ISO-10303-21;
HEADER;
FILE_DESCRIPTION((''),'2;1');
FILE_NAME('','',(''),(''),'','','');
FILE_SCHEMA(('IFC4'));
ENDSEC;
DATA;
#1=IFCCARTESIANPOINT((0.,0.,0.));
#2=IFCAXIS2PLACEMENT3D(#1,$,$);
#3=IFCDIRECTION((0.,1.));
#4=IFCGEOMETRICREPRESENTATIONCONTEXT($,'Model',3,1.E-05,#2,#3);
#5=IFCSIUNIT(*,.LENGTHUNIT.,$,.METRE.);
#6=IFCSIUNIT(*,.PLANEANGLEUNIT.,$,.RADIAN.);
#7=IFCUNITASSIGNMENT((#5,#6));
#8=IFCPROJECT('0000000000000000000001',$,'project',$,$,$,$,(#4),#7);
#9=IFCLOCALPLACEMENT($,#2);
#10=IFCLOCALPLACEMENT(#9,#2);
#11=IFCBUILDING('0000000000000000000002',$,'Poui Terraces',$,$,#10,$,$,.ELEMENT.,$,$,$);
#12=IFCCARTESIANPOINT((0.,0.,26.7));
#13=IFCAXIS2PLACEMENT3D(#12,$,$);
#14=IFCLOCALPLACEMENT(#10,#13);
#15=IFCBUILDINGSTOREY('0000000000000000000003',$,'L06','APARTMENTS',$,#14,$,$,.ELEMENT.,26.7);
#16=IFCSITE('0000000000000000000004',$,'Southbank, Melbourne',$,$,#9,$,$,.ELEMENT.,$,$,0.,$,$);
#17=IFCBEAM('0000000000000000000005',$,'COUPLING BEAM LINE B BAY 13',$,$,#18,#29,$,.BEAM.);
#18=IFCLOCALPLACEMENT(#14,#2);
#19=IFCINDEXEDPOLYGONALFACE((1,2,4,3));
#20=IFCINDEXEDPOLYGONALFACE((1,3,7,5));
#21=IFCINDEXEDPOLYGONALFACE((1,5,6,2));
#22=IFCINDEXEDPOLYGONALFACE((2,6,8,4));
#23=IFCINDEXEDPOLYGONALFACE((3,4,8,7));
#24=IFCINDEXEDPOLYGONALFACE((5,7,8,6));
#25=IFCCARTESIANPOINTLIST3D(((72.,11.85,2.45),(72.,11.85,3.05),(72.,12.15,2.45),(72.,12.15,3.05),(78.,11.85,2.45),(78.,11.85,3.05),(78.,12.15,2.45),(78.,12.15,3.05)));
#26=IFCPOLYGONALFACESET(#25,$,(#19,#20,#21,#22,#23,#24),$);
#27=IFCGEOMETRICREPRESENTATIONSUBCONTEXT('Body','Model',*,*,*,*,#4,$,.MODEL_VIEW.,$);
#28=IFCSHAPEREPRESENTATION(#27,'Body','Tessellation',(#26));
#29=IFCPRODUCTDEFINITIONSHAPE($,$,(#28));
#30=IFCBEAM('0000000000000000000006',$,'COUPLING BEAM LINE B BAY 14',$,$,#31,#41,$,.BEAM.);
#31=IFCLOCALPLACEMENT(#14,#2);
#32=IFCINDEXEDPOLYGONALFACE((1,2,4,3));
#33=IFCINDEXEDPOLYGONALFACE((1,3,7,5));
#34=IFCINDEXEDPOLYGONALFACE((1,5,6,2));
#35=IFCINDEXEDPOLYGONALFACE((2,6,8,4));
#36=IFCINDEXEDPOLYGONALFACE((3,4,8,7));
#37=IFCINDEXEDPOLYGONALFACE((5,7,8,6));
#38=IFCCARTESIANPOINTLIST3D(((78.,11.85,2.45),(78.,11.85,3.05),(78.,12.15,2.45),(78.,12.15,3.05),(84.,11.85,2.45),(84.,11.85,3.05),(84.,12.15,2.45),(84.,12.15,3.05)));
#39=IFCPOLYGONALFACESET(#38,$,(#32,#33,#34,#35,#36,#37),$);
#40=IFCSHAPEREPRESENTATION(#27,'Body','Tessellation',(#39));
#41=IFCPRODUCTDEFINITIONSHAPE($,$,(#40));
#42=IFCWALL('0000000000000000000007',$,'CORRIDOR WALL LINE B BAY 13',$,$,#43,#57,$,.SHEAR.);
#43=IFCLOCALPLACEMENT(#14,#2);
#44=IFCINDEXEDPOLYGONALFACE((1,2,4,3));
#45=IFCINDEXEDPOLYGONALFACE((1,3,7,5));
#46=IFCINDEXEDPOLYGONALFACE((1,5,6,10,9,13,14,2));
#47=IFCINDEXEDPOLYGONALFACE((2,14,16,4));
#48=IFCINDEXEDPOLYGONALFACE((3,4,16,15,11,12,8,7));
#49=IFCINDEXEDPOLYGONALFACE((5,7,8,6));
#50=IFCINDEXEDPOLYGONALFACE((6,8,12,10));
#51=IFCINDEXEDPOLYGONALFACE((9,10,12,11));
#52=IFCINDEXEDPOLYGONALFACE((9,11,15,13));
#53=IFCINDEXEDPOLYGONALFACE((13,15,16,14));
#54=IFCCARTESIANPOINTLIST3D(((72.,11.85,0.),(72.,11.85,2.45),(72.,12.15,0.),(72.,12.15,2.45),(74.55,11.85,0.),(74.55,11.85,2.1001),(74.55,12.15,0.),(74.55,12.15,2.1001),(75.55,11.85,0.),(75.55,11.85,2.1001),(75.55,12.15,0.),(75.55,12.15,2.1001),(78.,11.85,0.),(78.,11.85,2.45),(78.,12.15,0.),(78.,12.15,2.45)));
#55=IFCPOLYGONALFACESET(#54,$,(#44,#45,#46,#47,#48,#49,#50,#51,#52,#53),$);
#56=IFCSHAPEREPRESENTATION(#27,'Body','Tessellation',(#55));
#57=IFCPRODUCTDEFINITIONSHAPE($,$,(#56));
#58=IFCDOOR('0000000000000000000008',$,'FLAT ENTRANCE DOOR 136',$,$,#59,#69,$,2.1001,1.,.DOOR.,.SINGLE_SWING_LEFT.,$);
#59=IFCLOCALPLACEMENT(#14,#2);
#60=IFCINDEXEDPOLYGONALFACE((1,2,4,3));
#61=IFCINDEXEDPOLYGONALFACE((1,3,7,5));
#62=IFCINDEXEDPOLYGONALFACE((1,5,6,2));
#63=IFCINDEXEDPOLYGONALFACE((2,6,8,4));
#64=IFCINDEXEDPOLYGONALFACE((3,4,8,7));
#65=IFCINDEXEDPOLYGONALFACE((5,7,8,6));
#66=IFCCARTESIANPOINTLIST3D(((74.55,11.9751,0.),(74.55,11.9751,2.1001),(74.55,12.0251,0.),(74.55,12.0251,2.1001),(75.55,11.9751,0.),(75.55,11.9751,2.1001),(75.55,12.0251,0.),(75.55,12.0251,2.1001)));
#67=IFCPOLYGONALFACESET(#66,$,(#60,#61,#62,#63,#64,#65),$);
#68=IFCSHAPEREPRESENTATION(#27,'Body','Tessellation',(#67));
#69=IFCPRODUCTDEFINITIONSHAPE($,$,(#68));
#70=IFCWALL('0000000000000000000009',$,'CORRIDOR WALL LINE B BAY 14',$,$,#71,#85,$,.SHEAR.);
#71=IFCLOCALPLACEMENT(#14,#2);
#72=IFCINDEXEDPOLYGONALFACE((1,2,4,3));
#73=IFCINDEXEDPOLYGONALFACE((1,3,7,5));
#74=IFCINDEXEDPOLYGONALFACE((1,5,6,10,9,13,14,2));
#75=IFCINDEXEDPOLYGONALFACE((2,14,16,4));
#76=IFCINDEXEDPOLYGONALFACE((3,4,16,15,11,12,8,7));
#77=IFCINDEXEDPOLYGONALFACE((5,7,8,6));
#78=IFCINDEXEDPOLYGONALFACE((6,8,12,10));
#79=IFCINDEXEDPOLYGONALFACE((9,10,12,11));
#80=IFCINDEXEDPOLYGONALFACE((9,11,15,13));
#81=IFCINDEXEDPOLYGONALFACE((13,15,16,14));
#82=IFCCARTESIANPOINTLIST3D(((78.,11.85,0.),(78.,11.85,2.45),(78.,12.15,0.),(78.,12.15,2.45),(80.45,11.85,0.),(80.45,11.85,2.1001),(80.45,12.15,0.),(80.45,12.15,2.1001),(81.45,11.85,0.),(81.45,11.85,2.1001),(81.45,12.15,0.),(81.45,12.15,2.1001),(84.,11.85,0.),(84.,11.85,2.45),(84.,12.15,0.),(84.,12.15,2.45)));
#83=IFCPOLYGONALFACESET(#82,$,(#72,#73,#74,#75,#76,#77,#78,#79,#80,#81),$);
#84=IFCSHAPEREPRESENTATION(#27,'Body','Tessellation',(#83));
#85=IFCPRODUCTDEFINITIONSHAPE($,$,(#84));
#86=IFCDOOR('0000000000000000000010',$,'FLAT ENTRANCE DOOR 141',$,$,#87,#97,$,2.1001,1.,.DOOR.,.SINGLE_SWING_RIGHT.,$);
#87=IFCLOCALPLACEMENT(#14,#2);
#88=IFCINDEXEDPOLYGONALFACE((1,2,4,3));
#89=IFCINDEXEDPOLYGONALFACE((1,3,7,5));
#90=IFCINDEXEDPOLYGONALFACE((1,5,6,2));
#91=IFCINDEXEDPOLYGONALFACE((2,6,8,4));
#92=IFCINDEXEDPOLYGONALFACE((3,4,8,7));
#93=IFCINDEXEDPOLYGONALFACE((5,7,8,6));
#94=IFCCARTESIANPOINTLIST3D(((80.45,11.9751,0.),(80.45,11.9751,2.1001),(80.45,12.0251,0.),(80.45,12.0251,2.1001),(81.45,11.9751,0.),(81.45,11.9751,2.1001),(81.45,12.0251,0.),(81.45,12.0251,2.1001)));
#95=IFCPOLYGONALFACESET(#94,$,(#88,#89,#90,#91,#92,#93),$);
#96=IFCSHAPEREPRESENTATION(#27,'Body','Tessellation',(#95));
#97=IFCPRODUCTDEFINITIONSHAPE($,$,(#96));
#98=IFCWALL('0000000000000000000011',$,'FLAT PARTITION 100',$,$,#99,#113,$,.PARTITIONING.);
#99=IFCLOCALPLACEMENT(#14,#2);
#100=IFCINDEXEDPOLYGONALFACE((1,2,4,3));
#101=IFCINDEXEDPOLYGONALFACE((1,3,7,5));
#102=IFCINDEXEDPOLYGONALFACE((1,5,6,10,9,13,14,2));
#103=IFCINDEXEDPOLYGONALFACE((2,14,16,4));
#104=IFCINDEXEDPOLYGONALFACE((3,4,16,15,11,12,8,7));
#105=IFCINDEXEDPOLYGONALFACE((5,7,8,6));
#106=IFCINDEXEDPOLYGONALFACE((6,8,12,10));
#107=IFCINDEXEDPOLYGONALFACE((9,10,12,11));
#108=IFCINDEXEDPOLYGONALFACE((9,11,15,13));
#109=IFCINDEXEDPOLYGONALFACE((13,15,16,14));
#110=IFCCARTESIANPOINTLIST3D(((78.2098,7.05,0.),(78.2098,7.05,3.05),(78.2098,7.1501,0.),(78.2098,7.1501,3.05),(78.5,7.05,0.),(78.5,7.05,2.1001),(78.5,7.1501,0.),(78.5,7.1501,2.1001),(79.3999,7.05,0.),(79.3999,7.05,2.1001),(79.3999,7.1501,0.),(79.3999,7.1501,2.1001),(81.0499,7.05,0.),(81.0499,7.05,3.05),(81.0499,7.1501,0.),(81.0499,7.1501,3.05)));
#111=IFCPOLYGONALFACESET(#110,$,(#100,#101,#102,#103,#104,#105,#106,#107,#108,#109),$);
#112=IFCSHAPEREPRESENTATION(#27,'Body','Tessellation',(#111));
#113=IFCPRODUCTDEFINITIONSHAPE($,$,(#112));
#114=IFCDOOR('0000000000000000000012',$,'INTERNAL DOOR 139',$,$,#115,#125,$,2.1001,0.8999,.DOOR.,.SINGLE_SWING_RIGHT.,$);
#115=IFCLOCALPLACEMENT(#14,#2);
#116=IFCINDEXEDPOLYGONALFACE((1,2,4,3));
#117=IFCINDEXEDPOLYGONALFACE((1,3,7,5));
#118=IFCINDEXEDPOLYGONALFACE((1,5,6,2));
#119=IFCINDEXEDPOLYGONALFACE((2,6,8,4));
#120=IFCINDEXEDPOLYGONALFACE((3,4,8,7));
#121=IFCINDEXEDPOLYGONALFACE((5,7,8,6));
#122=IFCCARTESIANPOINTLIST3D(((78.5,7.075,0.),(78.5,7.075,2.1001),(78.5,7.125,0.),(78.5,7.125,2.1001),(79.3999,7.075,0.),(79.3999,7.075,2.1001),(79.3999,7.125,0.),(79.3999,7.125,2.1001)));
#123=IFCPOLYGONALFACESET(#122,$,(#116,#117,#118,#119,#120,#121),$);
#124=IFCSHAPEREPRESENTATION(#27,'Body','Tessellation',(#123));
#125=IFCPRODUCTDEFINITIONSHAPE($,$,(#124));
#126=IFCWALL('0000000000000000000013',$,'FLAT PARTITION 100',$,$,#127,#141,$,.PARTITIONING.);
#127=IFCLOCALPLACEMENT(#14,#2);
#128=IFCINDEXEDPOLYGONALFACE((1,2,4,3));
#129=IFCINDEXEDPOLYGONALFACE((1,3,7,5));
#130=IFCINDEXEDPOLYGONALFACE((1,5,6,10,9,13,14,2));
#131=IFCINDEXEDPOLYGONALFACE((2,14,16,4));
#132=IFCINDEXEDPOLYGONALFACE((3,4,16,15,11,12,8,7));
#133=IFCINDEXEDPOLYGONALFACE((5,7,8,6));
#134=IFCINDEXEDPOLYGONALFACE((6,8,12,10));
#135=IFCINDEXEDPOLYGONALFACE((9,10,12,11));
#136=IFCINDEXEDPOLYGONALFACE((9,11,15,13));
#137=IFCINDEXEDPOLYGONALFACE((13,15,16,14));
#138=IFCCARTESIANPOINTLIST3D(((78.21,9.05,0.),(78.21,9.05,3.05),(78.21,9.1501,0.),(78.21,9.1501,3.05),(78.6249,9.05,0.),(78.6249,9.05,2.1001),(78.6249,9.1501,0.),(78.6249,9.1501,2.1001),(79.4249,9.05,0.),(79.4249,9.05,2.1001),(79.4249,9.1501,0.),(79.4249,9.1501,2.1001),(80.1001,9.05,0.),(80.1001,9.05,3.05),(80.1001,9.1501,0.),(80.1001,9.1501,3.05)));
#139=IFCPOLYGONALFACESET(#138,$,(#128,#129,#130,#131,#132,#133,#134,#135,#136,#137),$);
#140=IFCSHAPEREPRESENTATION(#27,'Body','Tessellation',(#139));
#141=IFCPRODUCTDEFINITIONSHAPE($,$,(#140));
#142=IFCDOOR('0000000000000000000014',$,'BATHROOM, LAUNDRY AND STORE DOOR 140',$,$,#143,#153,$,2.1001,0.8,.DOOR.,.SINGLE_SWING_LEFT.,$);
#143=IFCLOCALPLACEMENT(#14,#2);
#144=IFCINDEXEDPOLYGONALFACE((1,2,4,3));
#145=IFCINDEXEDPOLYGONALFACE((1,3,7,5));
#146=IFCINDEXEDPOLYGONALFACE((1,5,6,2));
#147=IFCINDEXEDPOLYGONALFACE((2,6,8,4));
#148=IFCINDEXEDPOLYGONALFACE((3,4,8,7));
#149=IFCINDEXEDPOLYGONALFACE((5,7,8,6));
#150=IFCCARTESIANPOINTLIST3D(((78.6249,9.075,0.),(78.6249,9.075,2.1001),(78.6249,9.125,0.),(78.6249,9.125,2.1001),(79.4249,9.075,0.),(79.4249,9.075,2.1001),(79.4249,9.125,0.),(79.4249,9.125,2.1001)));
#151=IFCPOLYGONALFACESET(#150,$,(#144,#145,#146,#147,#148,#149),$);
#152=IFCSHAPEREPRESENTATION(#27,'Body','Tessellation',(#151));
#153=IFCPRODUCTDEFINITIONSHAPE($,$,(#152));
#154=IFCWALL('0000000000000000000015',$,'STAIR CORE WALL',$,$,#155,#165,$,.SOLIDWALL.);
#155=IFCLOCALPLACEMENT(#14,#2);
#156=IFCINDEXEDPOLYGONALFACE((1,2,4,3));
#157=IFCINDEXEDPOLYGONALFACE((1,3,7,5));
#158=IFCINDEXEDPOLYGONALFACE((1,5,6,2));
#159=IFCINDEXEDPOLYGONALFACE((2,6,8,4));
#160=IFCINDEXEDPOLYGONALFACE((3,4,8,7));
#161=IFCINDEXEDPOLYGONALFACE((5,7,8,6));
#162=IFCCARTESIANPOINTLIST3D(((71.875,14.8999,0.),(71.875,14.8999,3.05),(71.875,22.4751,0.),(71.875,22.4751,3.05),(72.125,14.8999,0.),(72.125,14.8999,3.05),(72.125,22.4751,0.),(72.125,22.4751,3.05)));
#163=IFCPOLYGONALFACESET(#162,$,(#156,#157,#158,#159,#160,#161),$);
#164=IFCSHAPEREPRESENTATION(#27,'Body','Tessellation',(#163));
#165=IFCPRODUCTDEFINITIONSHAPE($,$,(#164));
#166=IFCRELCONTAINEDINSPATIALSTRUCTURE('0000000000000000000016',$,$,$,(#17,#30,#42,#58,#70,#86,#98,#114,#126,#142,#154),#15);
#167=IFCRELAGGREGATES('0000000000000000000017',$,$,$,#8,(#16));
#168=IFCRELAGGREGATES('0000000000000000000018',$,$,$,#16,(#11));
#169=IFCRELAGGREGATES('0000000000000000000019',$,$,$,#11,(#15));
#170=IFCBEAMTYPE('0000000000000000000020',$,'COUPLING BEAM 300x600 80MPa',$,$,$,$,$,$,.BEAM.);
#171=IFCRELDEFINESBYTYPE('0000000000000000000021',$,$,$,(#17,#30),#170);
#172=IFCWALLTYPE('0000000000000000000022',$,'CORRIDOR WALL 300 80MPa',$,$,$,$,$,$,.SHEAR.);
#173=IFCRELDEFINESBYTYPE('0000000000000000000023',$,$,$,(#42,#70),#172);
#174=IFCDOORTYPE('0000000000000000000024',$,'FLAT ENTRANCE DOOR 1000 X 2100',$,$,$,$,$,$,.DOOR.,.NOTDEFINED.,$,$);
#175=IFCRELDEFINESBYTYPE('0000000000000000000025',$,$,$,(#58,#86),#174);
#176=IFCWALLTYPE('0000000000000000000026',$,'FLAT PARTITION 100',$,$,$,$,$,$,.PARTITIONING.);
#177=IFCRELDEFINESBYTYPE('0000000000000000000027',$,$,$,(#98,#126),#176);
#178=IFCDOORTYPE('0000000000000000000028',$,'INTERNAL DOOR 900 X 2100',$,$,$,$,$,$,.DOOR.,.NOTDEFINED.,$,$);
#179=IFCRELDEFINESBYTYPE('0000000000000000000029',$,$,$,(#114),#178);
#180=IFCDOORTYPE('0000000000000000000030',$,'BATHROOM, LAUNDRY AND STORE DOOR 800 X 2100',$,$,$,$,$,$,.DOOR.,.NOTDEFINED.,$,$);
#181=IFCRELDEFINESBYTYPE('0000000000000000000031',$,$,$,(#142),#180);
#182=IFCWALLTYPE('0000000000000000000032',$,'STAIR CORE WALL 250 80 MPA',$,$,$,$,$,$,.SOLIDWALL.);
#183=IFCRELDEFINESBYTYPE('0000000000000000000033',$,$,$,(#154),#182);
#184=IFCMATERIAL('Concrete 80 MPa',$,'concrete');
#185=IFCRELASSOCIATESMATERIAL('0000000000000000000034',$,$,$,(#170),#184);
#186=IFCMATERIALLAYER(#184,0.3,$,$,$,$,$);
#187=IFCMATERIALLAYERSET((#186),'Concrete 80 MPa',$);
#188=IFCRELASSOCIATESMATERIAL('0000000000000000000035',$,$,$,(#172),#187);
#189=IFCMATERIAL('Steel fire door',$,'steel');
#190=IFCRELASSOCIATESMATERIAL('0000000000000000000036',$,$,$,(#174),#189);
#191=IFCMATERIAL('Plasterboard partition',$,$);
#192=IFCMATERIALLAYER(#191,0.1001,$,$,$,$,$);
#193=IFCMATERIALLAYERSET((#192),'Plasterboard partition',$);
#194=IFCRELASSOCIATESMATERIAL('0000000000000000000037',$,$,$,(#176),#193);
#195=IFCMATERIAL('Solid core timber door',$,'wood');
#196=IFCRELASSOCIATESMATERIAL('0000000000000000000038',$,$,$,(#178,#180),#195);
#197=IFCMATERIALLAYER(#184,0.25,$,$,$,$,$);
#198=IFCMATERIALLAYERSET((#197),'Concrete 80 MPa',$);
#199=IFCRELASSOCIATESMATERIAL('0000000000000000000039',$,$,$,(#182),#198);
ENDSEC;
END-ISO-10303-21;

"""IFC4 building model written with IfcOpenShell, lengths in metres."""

from ifc_helpers import new_model, si_unit, direction, frame, frame_2d, origin, origin_2d, place, context, subcontext, project, spatial, rectangle, extrude, source, transform, mapped, material, layer, layer_set, material_profile, profile_set, type_object, element, fill, save


model = new_model("IFC4")

# Units and contexts
model_context = context("Model", 3, precision=1e-05, world=origin(), true_north=direction((0.0, 1.0)))
body_context = subcontext(model_context, "Body", "Model", "MODEL_VIEW")
ifc_project = project(units=[si_unit("LENGTHUNIT", "METRE"), si_unit("PLANEANGLEUNIT", "RADIAN")], contexts=[model_context])

# Site, building, storey
site_placement = place(None, origin())
site = spatial("IfcSite", under=ifc_project, at=site_placement, Name="Southbank, Melbourne", CompositionType="ELEMENT", RefElevation=0.0)
building_placement = place(site_placement, origin())
building = spatial("IfcBuilding", under=site, at=building_placement, Name="Poui Terraces", CompositionType="ELEMENT")
storey_placement = place(building_placement, frame((0.0, 0.0, 26.7)))
storey = spatial("IfcBuildingStorey", under=building, at=storey_placement, Name="L06", Description="APARTMENTS", CompositionType="ELEMENT", Elevation=26.7)

# Beams
ifc_material_1 = material(Name="Concrete 80 MPa", Category="concrete")
ifc_material_profile = material_profile(ifc_material_1, rectangle(XDim=0.3, YDim=0.6001, at=origin_2d()), Name="RC 300x600")
ifc_profile_set = profile_set([ifc_material_profile], Name="Concrete 80 MPa")
beam_type = type_object("IfcBeamType", Name="COUPLING BEAM 300x600 80MPa", PredefinedType="BEAM", material=ifc_profile_set)
shared_shape = source(origin(), body_context, "Body", "SweptSolid", [
    extrude(rectangle(XDim=0.3, YDim=0.6001, at=origin_2d()), origin(), (0.0, 0.0, 1.0), 6.0),
])
for number, where, z_axis, x_axis, name in (
    (1, (72.0, 12.0, 2.75), (1.0, 0.0, 0.0), (0.0, 1.0, 0.0), "COUPLING BEAM LINE B BAY 13"),
    (2, (78.0, 12.0, 2.75), (1.0, 0.0, 0.0), (0.0, 1.0, 0.0), "COUPLING BEAM LINE B BAY 14"),
):
    element("IfcBeam", number, at=place(storey_placement, frame(where, z_axis=z_axis, x_axis=x_axis)), inside=storey, type_object=beam_type, Name=name, PredefinedType="BEAM", context=body_context, shape_type="MappedRepresentation", body=[
        mapped(shared_shape, transform((0.0, 0.0, 0.0))),
    ])

# Walls, openings, doors
ifc_layer_1 = layer(ifc_material_1, 0.3)
ifc_layer_set_1 = layer_set([ifc_layer_1], Name="Concrete 80 MPa")
wall_type_1 = type_object("IfcWallType", Name="CORRIDOR WALL 300 80MPa", PredefinedType="SHEAR", material=ifc_layer_set_1)
wall_1_placement = place(storey_placement, frame((72.0, 12.0, 0.0), z_axis=(0.0, 0.0, 1.0), x_axis=(1.0, 0.0, 0.0)))
wall_1 = element("IfcWall", 3, at=wall_1_placement, inside=storey, type_object=wall_type_1, Name="CORRIDOR WALL LINE B BAY 13", PredefinedType="SHEAR", context=body_context, shape_type="SweptSolid", body=[
    extrude(rectangle(XDim=6.0, YDim=0.3, at=frame_2d((3.0, 0.0))), origin(), (0.0, 0.0, 1.0), 2.45),
])
opening_1_placement = place(wall_1_placement, frame((2.55, 0.0, 0.0)))
opening_1 = element("IfcOpeningElement", 4, at=opening_1_placement, cuts=wall_1, PredefinedType="OPENING", context=body_context, shape_type="SweptSolid", body=[
    extrude(rectangle(XDim=1.0, YDim=2.1001, at=frame_2d((0.5, 1.05))), frame((0.0, 0.1602, 0.0), z_axis=(0.0, -1.0, 0.0), x_axis=(1.0, 0.0, 0.0)), (0.0, 0.0, 1.0), 0.3201),
])
ifc_material_2 = material(Name="Steel fire door", Category="steel")
door_type_1 = type_object("IfcDoorType", Name="FLAT ENTRANCE DOOR 1000 X 2100", OperationType="NOTDEFINED", PredefinedType="DOOR", material=ifc_material_2)
door_1_placement = place(opening_1_placement, frame((1.0, 0.0, 0.0), z_axis=(0.0, 0.0, 1.0), x_axis=(-1.0, 0.0, 0.0)))
door_1 = element("IfcDoor", 5, at=door_1_placement, inside=storey, type_object=door_type_1, Name="FLAT ENTRANCE DOOR 136", OperationType="SINGLE_SWING_LEFT", OverallHeight=2.1001, OverallWidth=1.0, PredefinedType="DOOR", context=body_context, shape_type="SweptSolid", body=[
    extrude(rectangle(XDim=1.0, YDim=2.1001, at=frame_2d((0.5, 1.05))), frame((0.0, 0.0249, 0.0), z_axis=(0.0, -1.0, 0.0), x_axis=(1.0, 0.0, 0.0)), (0.0, 0.0, 1.0), 0.05),
])
fill(opening_1, door_1)
wall_2_placement = place(storey_placement, frame((78.0, 12.0, 0.0), z_axis=(0.0, 0.0, 1.0), x_axis=(1.0, 0.0, 0.0)))
wall_2 = element("IfcWall", 6, at=wall_2_placement, inside=storey, type_object=wall_type_1, Name="CORRIDOR WALL LINE B BAY 14", PredefinedType="SHEAR", context=body_context, shape_type="SweptSolid", body=[
    extrude(rectangle(XDim=6.0, YDim=0.3, at=frame_2d((3.0, 0.0))), origin(), (0.0, 0.0, 1.0), 2.45),
])
opening_2_placement = place(wall_2_placement, frame((2.45, 0.0, 0.0)))
opening_2 = element("IfcOpeningElement", 7, at=opening_2_placement, cuts=wall_2, PredefinedType="OPENING", context=body_context, shape_type="SweptSolid", body=[
    extrude(rectangle(XDim=1.0, YDim=2.1001, at=frame_2d((0.5, 1.05))), frame((0.0, 0.1602, 0.0), z_axis=(0.0, -1.0, 0.0), x_axis=(1.0, 0.0, 0.0)), (0.0, 0.0, 1.0), 0.3201),
])
door_2_placement = place(opening_2_placement, frame((1.0, 0.0, 0.0), z_axis=(0.0, 0.0, 1.0), x_axis=(-1.0, 0.0, 0.0)))
door_2 = element("IfcDoor", 8, at=door_2_placement, inside=storey, type_object=door_type_1, Name="FLAT ENTRANCE DOOR 141", OperationType="SINGLE_SWING_RIGHT", OverallHeight=2.1001, OverallWidth=1.0, PredefinedType="DOOR", context=body_context, shape_type="SweptSolid", body=[
    extrude(rectangle(XDim=1.0, YDim=2.1001, at=frame_2d((0.5, 1.05))), frame((0.0, 0.0249, 0.0), z_axis=(0.0, -1.0, 0.0), x_axis=(1.0, 0.0, 0.0)), (0.0, 0.0, 1.0), 0.05),
])
fill(opening_2, door_2)
ifc_material_3 = material(Name="Plasterboard partition")
ifc_layer_2 = layer(ifc_material_3, 0.1001)
ifc_layer_set_2 = layer_set([ifc_layer_2], Name="Plasterboard partition")
wall_type_2 = type_object("IfcWallType", Name="FLAT PARTITION 100", PredefinedType="PARTITIONING", material=ifc_layer_set_2)
wall_3_placement = place(storey_placement, frame((78.21, 7.1001, 0.0), z_axis=(0.0, 0.0, 1.0), x_axis=(1.0, 0.0, 0.0)))
wall_3 = element("IfcWall", 9, at=wall_3_placement, inside=storey, type_object=wall_type_2, Name="FLAT PARTITION 100", PredefinedType="PARTITIONING", context=body_context, shape_type="SweptSolid", body=[
    extrude(rectangle(XDim=2.8401, YDim=0.1001, at=frame_2d((1.4199, 0.0))), origin(), (0.0, 0.0, 1.0), 3.05),
])
opening_3_placement = place(wall_3_placement, frame((0.29, 0.0, 0.0)))
opening_3 = element("IfcOpeningElement", 10, at=opening_3_placement, cuts=wall_3, PredefinedType="OPENING", context=body_context, shape_type="SweptSolid", body=[
    extrude(rectangle(XDim=0.8999, YDim=2.1001, at=frame_2d((0.45, 1.05))), frame((0.0, 0.0601, 0.0), z_axis=(0.0, -1.0, 0.0), x_axis=(1.0, 0.0, 0.0)), (0.0, 0.0, 1.0), 0.1201),
])
ifc_material_4 = material(Name="Solid core timber door", Category="wood")
door_type_2 = type_object("IfcDoorType", Name="INTERNAL DOOR 900 X 2100", OperationType="NOTDEFINED", PredefinedType="DOOR", material=ifc_material_4)
door_3_placement = place(opening_3_placement, origin())
door_3 = element("IfcDoor", 11, at=door_3_placement, inside=storey, type_object=door_type_2, Name="INTERNAL DOOR 139", OperationType="SINGLE_SWING_RIGHT", OverallHeight=2.1001, OverallWidth=0.8999, PredefinedType="DOOR", context=body_context, shape_type="SweptSolid", body=[
    extrude(rectangle(XDim=0.8999, YDim=2.1001, at=frame_2d((0.45, 1.05))), frame((0.0, 0.0249, 0.0), z_axis=(0.0, -1.0, 0.0), x_axis=(1.0, 0.0, 0.0)), (0.0, 0.0, 1.0), 0.05),
])
fill(opening_3, door_3)
wall_4_placement = place(storey_placement, frame((78.21, 9.1001, 0.0), z_axis=(0.0, 0.0, 1.0), x_axis=(1.0, 0.0, 0.0)))
wall_4 = element("IfcWall", 12, at=wall_4_placement, inside=storey, type_object=wall_type_2, Name="FLAT PARTITION 100", PredefinedType="PARTITIONING", context=body_context, shape_type="SweptSolid", body=[
    extrude(rectangle(XDim=1.8901, YDim=0.1001, at=frame_2d((0.9451, 0.0))), origin(), (0.0, 0.0, 1.0), 3.05),
])
opening_4_placement = place(wall_4_placement, frame((0.415, 0.0, 0.0)))
opening_4 = element("IfcOpeningElement", 13, at=opening_4_placement, cuts=wall_4, PredefinedType="OPENING", context=body_context, shape_type="SweptSolid", body=[
    extrude(rectangle(XDim=0.8, YDim=2.1001, at=frame_2d((0.3999, 1.05))), frame((0.0, 0.0601, 0.0), z_axis=(0.0, -1.0, 0.0), x_axis=(1.0, 0.0, 0.0)), (0.0, 0.0, 1.0), 0.1201),
])
door_type_3 = type_object("IfcDoorType", Name="BATHROOM, LAUNDRY AND STORE DOOR 800 X 2100", OperationType="NOTDEFINED", PredefinedType="DOOR", material=ifc_material_4)
door_4_placement = place(opening_4_placement, origin())
door_4 = element("IfcDoor", 14, at=door_4_placement, inside=storey, type_object=door_type_3, Name="BATHROOM, LAUNDRY AND STORE DOOR 140", OperationType="SINGLE_SWING_LEFT", OverallHeight=2.1001, OverallWidth=0.8, PredefinedType="DOOR", context=body_context, shape_type="SweptSolid", body=[
    extrude(rectangle(XDim=0.8, YDim=2.1001, at=frame_2d((0.3999, 1.05))), frame((0.0, 0.0249, 0.0), z_axis=(0.0, -1.0, 0.0), x_axis=(1.0, 0.0, 0.0)), (0.0, 0.0, 1.0), 0.05),
])
fill(opening_4, door_4)

# Wall
ifc_layer_3 = layer(ifc_material_1, 0.25)
ifc_layer_set_3 = layer_set([ifc_layer_3], Name="Concrete 80 MPa")
wall_type_3 = type_object("IfcWallType", Name="STAIR CORE WALL 250 80 MPA", PredefinedType="SOLIDWALL", material=ifc_layer_set_3)
for number, where, z_axis, x_axis, name in (
    (15, (72.0, 14.8999, 0.0), (0.0, 0.0, 1.0), (0.0, 1.0, 0.0), "STAIR CORE WALL"),
):
    element("IfcWall", number, at=place(storey_placement, frame(where, z_axis=z_axis, x_axis=x_axis)), inside=storey, type_object=wall_type_3, Name=name, PredefinedType="SOLIDWALL", context=body_context, shape_type="SweptSolid", body=[
        extrude(rectangle(XDim=7.5752, YDim=0.25, at=frame_2d((3.7876, 0.0))), origin(), (0.0, 0.0, 1.0), 3.05),
    ])

save(model, "model.ifc")
